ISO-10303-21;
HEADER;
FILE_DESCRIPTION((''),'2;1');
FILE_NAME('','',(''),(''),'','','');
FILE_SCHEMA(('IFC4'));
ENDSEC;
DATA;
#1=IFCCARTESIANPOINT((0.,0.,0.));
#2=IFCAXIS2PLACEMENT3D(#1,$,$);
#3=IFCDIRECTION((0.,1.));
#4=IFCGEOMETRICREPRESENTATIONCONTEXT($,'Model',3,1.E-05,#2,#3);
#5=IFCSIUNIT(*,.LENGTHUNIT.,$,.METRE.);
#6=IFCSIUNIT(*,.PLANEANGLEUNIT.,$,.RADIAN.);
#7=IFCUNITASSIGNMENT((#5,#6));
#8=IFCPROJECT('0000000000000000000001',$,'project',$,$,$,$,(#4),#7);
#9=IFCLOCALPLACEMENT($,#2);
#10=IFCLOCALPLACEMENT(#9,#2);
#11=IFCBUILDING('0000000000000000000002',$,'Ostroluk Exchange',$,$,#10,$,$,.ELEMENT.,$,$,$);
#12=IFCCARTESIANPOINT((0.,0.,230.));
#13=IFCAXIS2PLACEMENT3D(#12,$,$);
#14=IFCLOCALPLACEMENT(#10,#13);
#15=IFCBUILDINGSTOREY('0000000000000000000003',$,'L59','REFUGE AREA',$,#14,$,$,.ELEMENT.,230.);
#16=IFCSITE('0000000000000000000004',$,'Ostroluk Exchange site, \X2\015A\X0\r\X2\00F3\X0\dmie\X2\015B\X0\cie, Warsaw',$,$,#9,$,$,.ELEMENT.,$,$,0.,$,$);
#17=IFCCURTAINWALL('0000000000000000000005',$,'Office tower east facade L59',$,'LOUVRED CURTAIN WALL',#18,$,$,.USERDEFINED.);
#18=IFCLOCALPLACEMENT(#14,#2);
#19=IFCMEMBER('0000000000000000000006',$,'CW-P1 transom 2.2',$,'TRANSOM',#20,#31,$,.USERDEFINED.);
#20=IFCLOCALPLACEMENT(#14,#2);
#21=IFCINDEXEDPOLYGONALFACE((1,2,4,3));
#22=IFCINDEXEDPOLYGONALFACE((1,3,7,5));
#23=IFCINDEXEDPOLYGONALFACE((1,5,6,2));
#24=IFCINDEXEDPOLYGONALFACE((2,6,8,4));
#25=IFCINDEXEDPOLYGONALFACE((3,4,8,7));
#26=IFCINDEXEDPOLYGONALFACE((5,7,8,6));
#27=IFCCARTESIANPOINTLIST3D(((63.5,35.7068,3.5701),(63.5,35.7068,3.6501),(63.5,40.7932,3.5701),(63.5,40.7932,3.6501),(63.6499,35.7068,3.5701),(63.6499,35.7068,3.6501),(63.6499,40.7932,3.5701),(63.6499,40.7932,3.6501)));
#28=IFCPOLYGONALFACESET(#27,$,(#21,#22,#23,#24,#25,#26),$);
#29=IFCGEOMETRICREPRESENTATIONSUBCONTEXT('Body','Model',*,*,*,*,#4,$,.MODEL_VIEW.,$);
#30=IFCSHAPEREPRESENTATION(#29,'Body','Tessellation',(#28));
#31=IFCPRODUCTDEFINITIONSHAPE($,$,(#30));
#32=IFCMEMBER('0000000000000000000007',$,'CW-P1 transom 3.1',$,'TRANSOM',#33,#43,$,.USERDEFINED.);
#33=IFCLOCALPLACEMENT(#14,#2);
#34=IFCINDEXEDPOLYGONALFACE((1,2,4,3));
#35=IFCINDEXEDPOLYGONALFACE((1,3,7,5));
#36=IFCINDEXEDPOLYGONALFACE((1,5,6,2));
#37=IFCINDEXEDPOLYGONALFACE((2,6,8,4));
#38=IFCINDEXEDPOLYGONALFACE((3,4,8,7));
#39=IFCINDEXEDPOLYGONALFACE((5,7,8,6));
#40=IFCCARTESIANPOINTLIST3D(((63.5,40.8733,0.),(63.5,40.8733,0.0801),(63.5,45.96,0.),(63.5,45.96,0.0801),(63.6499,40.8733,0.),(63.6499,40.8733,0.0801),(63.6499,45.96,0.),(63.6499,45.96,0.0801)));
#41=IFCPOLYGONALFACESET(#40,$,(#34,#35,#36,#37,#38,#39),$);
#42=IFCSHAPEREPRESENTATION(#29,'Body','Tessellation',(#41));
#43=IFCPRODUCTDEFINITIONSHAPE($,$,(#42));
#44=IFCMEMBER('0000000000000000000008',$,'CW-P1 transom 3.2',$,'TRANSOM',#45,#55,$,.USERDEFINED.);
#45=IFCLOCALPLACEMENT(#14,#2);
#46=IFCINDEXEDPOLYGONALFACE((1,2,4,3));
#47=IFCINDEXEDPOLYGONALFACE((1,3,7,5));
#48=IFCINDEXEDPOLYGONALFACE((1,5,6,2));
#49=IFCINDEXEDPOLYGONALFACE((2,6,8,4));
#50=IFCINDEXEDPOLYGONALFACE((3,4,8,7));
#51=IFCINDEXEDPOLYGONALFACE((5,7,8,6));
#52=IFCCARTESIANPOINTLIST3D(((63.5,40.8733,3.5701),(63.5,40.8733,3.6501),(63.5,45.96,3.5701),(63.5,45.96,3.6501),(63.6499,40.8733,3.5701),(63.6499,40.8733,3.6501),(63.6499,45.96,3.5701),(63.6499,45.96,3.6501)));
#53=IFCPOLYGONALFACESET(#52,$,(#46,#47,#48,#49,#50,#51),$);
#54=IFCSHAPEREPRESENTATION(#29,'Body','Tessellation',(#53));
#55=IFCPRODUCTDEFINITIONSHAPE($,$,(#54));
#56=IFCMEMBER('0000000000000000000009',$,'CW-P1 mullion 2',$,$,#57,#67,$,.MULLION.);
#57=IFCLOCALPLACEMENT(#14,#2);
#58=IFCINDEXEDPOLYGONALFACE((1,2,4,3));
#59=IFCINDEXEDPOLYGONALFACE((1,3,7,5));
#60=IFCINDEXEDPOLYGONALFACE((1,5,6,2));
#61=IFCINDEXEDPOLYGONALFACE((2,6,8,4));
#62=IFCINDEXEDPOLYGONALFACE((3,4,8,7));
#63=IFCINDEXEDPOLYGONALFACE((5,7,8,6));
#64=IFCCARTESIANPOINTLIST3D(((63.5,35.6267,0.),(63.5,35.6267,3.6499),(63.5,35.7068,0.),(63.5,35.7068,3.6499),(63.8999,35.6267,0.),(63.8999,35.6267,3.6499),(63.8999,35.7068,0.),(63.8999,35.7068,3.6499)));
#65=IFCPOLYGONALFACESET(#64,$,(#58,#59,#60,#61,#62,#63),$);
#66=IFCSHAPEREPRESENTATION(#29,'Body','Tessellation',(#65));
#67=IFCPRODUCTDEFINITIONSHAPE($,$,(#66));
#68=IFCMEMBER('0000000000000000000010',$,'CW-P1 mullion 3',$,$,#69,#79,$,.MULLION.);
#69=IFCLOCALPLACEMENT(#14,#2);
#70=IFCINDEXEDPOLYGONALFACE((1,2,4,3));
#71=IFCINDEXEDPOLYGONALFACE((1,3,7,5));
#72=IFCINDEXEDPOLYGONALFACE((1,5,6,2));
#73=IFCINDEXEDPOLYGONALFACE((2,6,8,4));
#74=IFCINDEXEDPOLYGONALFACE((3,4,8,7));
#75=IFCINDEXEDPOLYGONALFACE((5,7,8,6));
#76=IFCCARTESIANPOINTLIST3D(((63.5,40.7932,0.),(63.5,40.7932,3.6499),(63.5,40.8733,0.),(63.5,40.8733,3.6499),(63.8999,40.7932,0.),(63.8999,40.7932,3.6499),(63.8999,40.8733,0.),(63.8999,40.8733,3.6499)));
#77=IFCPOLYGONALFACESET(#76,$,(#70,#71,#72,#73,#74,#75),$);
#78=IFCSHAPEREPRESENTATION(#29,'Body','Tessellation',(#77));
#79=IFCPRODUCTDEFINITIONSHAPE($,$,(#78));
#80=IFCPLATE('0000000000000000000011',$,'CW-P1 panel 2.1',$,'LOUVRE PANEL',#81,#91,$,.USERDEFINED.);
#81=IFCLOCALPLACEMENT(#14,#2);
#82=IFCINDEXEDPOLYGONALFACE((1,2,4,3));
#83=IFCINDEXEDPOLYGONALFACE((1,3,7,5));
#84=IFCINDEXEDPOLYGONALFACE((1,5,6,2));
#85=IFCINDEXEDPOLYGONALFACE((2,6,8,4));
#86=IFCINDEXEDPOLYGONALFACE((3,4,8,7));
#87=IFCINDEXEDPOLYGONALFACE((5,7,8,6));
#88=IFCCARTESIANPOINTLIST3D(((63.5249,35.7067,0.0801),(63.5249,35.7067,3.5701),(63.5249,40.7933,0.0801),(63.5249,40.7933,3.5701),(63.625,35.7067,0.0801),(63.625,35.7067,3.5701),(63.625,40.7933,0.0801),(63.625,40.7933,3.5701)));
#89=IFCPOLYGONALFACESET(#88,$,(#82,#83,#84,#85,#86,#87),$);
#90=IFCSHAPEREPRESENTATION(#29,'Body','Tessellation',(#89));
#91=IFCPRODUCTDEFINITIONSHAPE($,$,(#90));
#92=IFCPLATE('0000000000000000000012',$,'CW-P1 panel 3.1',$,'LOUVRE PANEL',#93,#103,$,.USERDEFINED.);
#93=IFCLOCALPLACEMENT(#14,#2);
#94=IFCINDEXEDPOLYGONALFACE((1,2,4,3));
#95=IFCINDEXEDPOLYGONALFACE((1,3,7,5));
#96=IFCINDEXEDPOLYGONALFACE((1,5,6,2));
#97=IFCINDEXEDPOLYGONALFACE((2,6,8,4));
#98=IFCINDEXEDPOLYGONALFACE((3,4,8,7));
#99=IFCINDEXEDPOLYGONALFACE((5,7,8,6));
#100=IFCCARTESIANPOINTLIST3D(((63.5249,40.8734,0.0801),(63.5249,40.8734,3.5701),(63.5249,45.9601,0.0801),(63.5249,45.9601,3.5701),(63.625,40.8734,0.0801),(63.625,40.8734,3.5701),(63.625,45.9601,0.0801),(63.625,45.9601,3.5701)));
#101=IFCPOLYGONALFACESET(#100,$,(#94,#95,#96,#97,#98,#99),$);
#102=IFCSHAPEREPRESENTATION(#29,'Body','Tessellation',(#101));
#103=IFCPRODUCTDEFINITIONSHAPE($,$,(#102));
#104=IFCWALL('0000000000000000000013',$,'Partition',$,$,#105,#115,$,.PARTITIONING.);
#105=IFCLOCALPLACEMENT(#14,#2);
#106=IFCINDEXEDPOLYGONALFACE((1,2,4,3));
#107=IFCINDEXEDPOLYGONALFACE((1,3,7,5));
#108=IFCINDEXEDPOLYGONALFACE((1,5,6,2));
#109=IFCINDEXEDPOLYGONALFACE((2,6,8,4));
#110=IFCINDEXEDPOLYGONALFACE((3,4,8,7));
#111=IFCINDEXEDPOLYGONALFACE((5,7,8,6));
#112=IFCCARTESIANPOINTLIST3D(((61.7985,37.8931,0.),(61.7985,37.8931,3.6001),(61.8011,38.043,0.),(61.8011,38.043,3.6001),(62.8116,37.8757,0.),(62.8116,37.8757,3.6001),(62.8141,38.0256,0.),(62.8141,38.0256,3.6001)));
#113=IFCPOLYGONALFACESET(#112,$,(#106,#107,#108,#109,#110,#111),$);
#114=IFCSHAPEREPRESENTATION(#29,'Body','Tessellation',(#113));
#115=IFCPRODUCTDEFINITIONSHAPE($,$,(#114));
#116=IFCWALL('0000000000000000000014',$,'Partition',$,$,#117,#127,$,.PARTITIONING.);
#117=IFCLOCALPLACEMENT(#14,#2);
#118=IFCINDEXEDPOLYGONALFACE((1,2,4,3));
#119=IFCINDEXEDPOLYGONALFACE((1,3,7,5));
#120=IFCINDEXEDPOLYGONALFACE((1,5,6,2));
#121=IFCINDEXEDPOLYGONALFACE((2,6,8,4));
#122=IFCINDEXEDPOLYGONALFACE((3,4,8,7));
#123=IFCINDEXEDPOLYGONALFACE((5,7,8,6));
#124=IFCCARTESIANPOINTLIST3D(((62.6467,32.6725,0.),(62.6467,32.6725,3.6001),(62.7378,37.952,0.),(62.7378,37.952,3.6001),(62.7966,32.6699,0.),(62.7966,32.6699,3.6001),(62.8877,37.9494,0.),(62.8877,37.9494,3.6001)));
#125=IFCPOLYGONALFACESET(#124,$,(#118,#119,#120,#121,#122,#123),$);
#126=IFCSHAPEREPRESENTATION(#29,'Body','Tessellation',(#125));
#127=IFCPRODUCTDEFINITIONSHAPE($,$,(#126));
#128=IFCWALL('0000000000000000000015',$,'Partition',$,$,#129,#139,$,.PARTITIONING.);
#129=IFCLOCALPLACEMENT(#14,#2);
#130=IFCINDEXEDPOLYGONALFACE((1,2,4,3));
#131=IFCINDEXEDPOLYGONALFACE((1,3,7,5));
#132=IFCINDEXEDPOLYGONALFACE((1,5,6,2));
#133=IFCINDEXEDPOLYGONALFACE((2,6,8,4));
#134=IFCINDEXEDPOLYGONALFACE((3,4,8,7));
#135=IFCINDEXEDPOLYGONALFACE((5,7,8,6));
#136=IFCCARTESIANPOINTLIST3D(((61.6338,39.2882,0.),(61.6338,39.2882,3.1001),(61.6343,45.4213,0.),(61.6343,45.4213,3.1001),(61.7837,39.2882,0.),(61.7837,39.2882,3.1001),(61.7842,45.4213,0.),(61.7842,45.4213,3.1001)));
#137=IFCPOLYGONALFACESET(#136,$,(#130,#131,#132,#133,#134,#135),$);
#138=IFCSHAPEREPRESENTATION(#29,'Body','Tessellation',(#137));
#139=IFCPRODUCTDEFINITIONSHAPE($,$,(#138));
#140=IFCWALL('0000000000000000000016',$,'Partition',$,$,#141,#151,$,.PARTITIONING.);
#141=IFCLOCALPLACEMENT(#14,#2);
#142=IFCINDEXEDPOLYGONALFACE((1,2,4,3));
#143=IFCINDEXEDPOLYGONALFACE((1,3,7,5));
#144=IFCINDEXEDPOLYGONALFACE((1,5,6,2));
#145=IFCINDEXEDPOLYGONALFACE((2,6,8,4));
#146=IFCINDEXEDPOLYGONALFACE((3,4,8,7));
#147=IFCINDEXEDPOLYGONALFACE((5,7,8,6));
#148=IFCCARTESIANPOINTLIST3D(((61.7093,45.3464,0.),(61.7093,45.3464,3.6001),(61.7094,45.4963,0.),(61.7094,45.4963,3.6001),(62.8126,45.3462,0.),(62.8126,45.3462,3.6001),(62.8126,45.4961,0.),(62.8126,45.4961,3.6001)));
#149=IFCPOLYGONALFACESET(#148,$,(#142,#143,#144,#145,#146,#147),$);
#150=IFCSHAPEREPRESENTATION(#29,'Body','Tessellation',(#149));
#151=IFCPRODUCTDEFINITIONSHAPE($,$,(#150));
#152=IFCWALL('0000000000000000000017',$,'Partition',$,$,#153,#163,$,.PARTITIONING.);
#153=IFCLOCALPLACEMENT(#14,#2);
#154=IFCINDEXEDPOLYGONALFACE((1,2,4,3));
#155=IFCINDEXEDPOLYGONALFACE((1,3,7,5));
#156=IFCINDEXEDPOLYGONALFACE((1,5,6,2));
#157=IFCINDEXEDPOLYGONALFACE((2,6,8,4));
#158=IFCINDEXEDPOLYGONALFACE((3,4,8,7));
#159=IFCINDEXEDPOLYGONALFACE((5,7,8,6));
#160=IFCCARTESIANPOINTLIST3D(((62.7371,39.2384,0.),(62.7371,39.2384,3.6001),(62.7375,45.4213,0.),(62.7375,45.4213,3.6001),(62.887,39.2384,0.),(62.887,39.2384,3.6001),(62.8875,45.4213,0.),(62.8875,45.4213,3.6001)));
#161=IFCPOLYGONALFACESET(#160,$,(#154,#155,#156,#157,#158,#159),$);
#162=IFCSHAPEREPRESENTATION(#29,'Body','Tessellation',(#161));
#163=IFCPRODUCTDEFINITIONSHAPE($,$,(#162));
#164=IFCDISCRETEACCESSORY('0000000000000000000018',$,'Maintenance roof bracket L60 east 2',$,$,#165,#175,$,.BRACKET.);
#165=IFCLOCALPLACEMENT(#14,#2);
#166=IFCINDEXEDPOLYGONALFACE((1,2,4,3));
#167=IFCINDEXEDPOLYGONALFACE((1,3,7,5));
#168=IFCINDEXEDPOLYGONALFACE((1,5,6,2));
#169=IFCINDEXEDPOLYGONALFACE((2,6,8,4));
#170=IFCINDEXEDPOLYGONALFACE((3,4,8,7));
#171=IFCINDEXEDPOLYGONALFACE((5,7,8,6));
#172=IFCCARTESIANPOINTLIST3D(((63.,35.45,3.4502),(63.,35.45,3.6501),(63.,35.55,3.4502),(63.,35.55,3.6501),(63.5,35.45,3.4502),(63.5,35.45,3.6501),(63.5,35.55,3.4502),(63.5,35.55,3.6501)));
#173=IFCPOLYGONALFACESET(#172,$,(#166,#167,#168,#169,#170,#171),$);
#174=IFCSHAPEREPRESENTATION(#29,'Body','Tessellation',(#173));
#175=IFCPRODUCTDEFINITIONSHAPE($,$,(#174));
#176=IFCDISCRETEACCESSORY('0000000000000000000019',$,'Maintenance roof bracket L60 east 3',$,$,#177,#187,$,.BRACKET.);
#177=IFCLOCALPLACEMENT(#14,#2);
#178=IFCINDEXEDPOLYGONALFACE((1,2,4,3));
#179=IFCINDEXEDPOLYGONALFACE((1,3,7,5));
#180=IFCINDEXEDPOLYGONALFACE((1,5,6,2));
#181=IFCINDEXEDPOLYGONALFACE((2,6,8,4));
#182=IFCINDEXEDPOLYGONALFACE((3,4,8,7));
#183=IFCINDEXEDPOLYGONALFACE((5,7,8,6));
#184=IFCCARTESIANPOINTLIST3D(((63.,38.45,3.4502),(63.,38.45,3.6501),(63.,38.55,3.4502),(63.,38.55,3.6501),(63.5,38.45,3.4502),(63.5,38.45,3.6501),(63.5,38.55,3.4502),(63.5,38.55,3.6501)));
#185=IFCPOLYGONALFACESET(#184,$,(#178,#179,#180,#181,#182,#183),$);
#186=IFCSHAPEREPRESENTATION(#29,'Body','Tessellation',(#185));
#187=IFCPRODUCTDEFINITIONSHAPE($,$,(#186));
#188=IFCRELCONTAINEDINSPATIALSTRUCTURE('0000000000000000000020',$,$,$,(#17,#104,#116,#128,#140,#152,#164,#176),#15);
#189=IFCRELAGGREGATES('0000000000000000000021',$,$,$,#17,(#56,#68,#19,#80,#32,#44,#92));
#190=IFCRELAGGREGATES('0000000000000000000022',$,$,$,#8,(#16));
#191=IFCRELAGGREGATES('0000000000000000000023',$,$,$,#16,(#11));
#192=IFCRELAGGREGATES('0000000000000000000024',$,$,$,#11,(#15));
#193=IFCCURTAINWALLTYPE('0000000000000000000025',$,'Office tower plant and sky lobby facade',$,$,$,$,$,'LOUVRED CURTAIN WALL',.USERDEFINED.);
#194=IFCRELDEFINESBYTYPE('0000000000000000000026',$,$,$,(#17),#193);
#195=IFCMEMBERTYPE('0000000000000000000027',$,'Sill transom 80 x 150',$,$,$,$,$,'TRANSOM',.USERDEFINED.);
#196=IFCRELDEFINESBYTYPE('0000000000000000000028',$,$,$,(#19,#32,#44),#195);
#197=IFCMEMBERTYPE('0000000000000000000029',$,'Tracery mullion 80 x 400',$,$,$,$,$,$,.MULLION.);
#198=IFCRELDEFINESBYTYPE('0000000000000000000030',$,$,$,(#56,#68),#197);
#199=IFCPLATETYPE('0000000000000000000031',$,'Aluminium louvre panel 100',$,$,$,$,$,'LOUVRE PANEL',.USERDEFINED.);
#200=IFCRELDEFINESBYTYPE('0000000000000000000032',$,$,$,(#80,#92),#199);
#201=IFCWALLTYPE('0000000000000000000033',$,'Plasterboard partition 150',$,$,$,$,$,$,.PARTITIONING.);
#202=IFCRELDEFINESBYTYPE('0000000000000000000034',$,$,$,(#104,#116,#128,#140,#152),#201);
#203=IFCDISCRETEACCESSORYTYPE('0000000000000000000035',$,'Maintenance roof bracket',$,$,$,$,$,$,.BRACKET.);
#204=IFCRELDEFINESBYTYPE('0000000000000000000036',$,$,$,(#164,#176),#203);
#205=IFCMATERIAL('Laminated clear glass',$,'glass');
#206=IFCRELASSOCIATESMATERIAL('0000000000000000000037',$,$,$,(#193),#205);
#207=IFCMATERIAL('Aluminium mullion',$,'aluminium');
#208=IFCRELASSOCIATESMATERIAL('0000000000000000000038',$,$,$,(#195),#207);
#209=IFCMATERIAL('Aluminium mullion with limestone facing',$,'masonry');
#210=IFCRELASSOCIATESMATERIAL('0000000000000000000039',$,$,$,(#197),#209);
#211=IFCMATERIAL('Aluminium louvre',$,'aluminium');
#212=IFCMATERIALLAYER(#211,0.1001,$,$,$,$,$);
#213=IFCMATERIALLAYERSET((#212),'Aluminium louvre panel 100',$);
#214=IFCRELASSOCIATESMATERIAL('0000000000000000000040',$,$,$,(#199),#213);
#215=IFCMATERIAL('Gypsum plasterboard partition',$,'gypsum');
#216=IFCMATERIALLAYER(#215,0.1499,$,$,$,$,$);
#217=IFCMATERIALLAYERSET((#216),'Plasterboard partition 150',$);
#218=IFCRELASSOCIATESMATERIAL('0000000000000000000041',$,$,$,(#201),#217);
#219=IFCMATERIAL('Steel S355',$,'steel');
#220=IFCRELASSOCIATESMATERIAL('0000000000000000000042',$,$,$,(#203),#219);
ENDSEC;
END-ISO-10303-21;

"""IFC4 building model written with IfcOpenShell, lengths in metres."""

from ifc_helpers import new_model, si_unit, direction, frame, frame_2d, origin, origin_2d, place, context, subcontext, project, spatial, rectangle, extrude, material, layer, layer_set, material_profile, profile_set, type_object, element, aggregate, save


model = new_model("IFC4")

# Units and contexts
model_context = context("Model", 3, precision=1e-05, world=origin(), true_north=direction((0.0, 1.0)))
body_context = subcontext(model_context, "Body", "Model", "MODEL_VIEW")
ifc_project = project(units=[si_unit("LENGTHUNIT", "METRE"), si_unit("PLANEANGLEUNIT", "RADIAN")], contexts=[model_context])

# Site, building, storey
site_placement = place(None, origin())
site = spatial("IfcSite", under=ifc_project, at=site_placement, Name="Ostroluk Exchange site, Śródmieście, Warsaw", CompositionType="ELEMENT", RefElevation=0.0)
building_placement = place(site_placement, origin())
building = spatial("IfcBuilding", under=site, at=building_placement, Name="Ostroluk Exchange", CompositionType="ELEMENT")
storey_placement = place(building_placement, frame((0.0, 0.0, 230.0)))
storey = spatial("IfcBuildingStorey", under=building, at=storey_placement, Name="L59", Description="REFUGE AREA", CompositionType="ELEMENT", Elevation=230.0)

# Curtain wall, members, plates
ifc_material_1 = material(Name="Laminated clear glass", Category="glass")
curtain_wall_type = type_object("IfcCurtainWallType", Name="Office tower plant and sky lobby facade", ElementType="LOUVRED CURTAIN WALL", PredefinedType="USERDEFINED", material=ifc_material_1)
curtain_wall_placement = place(storey_placement, origin())
curtain_wall = element("IfcCurtainWall", 1, at=curtain_wall_placement, inside=storey, type_object=curtain_wall_type, Name="Office tower east facade L59", ObjectType="LOUVRED CURTAIN WALL", PredefinedType="USERDEFINED")
ifc_material_2 = material(Name="Aluminium mullion", Category="aluminium")
ifc_material_profile_1 = material_profile(ifc_material_2, rectangle(XDim=0.1499, YDim=0.0801, at=origin_2d()), Name="Sill transom 80 x 150")
ifc_profile_set_1 = profile_set([ifc_material_profile_1], Name="Aluminium mullion")
member_type_1 = type_object("IfcMemberType", Name="Sill transom 80 x 150", ElementType="TRANSOM", PredefinedType="USERDEFINED", material=ifc_profile_set_1)
member_1_placement = place(storey_placement, frame((63.575, 35.7068, 3.6101), z_axis=(0.0, 1.0, 0.0), x_axis=(-1.0, 0.0, 0.0)))
member_1 = element("IfcMember", 2, at=member_1_placement, type_object=member_type_1, Name="CW-P1 transom 2.2", ObjectType="TRANSOM", PredefinedType="USERDEFINED", context=body_context, shape_type="SweptSolid", body=[
    extrude(rectangle(XDim=0.1499, YDim=0.0801, at=origin_2d()), origin(), (0.0, 0.0, 1.0), 5.0864),
])
member_2_placement = place(storey_placement, frame((63.575, 40.8733, 0.04), z_axis=(0.0, 1.0, 0.0), x_axis=(-1.0, 0.0, 0.0)))
member_2 = element("IfcMember", 3, at=member_2_placement, type_object=member_type_1, Name="CW-P1 transom 3.1", ObjectType="TRANSOM", PredefinedType="USERDEFINED", context=body_context, shape_type="SweptSolid", body=[
    extrude(rectangle(XDim=0.1499, YDim=0.0801, at=origin_2d()), origin(), (0.0, 0.0, 1.0), 5.0867),
])
member_3_placement = place(storey_placement, frame((63.575, 40.8733, 3.6101), z_axis=(0.0, 1.0, 0.0), x_axis=(-1.0, 0.0, 0.0)))
member_3 = element("IfcMember", 4, at=member_3_placement, type_object=member_type_1, Name="CW-P1 transom 3.2", ObjectType="TRANSOM", PredefinedType="USERDEFINED", context=body_context, shape_type="SweptSolid", body=[
    extrude(rectangle(XDim=0.1499, YDim=0.0801, at=origin_2d()), origin(), (0.0, 0.0, 1.0), 5.0867),
])
ifc_material_3 = material(Name="Aluminium mullion with limestone facing", Category="masonry")
ifc_material_profile_2 = material_profile(ifc_material_3, rectangle(XDim=0.3999, YDim=0.0801, at=origin_2d()), Name="Tracery mullion 80 x 400")
ifc_profile_set_2 = profile_set([ifc_material_profile_2], Name="Aluminium mullion with limestone facing")
member_type_2 = type_object("IfcMemberType", Name="Tracery mullion 80 x 400", PredefinedType="MULLION", material=ifc_profile_set_2)
member_4_placement = place(storey_placement, frame((63.7, 35.6667, 0.0), z_axis=(0.0, 0.0, 1.0), x_axis=(-1.0, 0.0, 0.0)))
member_4 = element("IfcMember", 5, at=member_4_placement, type_object=member_type_2, Name="CW-P1 mullion 2", PredefinedType="MULLION", context=body_context, shape_type="SweptSolid", body=[
    extrude(rectangle(XDim=0.3999, YDim=0.0801, at=origin_2d()), origin(), (0.0, 0.0, 1.0), 3.6499),
])
member_5_placement = place(storey_placement, frame((63.7, 40.8333, 0.0), z_axis=(0.0, 0.0, 1.0), x_axis=(-1.0, 0.0, 0.0)))
member_5 = element("IfcMember", 6, at=member_5_placement, type_object=member_type_2, Name="CW-P1 mullion 3", PredefinedType="MULLION", context=body_context, shape_type="SweptSolid", body=[
    extrude(rectangle(XDim=0.3999, YDim=0.0801, at=origin_2d()), origin(), (0.0, 0.0, 1.0), 3.6499),
])
ifc_material_4 = material(Name="Aluminium louvre", Category="aluminium")
ifc_layer_1 = layer(ifc_material_4, 0.1001)
ifc_layer_set_1 = layer_set([ifc_layer_1], Name="Aluminium louvre panel 100")
plate_type = type_object("IfcPlateType", Name="Aluminium louvre panel 100", ElementType="LOUVRE PANEL", PredefinedType="USERDEFINED", material=ifc_layer_set_1)
plate_1_placement = place(storey_placement, frame((63.575, 38.25, 0.0801), z_axis=(0.0, 0.0, 1.0), x_axis=(0.0, 1.0, 0.0)))
plate_1 = element("IfcPlate", 7, at=plate_1_placement, type_object=plate_type, Name="CW-P1 panel 2.1", ObjectType="LOUVRE PANEL", PredefinedType="USERDEFINED", context=body_context, shape_type="SweptSolid", body=[
    extrude(rectangle(XDim=5.0867, YDim=0.1001, at=origin_2d()), origin(), (0.0, 0.0, 1.0), 3.49),
])
plate_2_placement = place(storey_placement, frame((63.575, 43.4167, 0.0801), z_axis=(0.0, 0.0, 1.0), x_axis=(0.0, 1.0, 0.0)))
plate_2 = element("IfcPlate", 8, at=plate_2_placement, type_object=plate_type, Name="CW-P1 panel 3.1", ObjectType="LOUVRE PANEL", PredefinedType="USERDEFINED", context=body_context, shape_type="SweptSolid", body=[
    extrude(rectangle(XDim=5.0867, YDim=0.1001, at=origin_2d()), origin(), (0.0, 0.0, 1.0), 3.49),
])
aggregate(curtain_wall, [member_4, member_5, member_1, plate_1, member_2, member_3, plate_2])

# Walls
ifc_material_5 = material(Name="Gypsum plasterboard partition", Category="gypsum")
ifc_layer_2 = layer(ifc_material_5, 0.1499)
ifc_layer_set_2 = layer_set([ifc_layer_2], Name="Plasterboard partition 150")
wall_type = type_object("IfcWallType", Name="Plasterboard partition 150", PredefinedType="PARTITIONING", material=ifc_layer_set_2)
wall_1_placement = place(storey_placement, frame((61.7998, 37.968, 0.0), z_axis=(0.0, 0.0, 1.0), x_axis=(0.999854, -0.01711, 0.0)))
element("IfcWall", 9, at=wall_1_placement, inside=storey, type_object=wall_type, Name="Partition", PredefinedType="PARTITIONING", context=body_context, shape_type="SweptSolid", body=[
    extrude(rectangle(XDim=1.0132, YDim=0.1499, at=frame_2d((0.5066, 0.0))), origin(), (0.0, 0.0, 1.0), 3.6001),
])
wall_2_placement = place(storey_placement, frame((62.8127, 37.9507, 0.0), z_axis=(0.0, 0.0, 1.0), x_axis=(-0.017246, -0.999851, 0.0)))
element("IfcWall", 10, at=wall_2_placement, inside=storey, type_object=wall_type, Name="Partition", PredefinedType="PARTITIONING", context=body_context, shape_type="SweptSolid", body=[
    extrude(rectangle(XDim=5.2803, YDim=0.1499, at=frame_2d((2.6401, 0.0))), origin(), (0.0, 0.0, 1.0), 3.6001),
])
wall_3_placement = place(storey_placement, frame((61.7087, 39.2883, 0.0), z_axis=(0.0, 0.0, 1.0), x_axis=(0.00008, 1.0, 0.0)))
element("IfcWall", 11, at=wall_3_placement, inside=storey, type_object=wall_type, Name="Partition", PredefinedType="PARTITIONING", context=body_context, shape_type="SweptSolid", body=[
    extrude(rectangle(XDim=6.1331, YDim=0.1499, at=frame_2d((3.0664, 0.0))), origin(), (0.0, 0.0, 1.0), 3.1001),
])
wall_4_placement = place(storey_placement, frame((61.7092, 45.4214, 0.0), z_axis=(0.0, 0.0, 1.0), x_axis=(1.0, -0.000221, 0.0)))
element("IfcWall", 12, at=wall_4_placement, inside=storey, type_object=wall_type, Name="Partition", PredefinedType="PARTITIONING", context=body_context, shape_type="SweptSolid", body=[
    extrude(rectangle(XDim=1.1033, YDim=0.1499, at=frame_2d((0.5518, 0.0))), origin(), (0.0, 0.0, 1.0), 3.6001),
])
wall_5_placement = place(storey_placement, frame((62.8125, 45.4211, 0.0), z_axis=(0.0, 0.0, 1.0), x_axis=(-0.000079, -1.0, 0.0)))
element("IfcWall", 13, at=wall_5_placement, inside=storey, type_object=wall_type, Name="Partition", PredefinedType="PARTITIONING", context=body_context, shape_type="SweptSolid", body=[
    extrude(rectangle(XDim=6.1829, YDim=0.1499, at=frame_2d((3.0913, 0.0))), origin(), (0.0, 0.0, 1.0), 3.6001),
])

# Discrete accessories
ifc_material_6 = material(Name="Steel S355", Category="steel")
discrete_accessory_type = type_object("IfcDiscreteAccessoryType", Name="Maintenance roof bracket", PredefinedType="BRACKET", material=ifc_material_6)
for number, where, z_axis, x_axis, name in (
    (14, (63.25, 35.5, 3.4502), (0.0, 0.0, 1.0), (1.0, 0.0, 0.0), "Maintenance roof bracket L60 east 2"),
    (15, (63.25, 38.5, 3.4502), (0.0, 0.0, 1.0), (1.0, 0.0, 0.0), "Maintenance roof bracket L60 east 3"),
):
    element("IfcDiscreteAccessory", number, at=place(storey_placement, frame(where, z_axis=z_axis, x_axis=x_axis)), inside=storey, type_object=discrete_accessory_type, Name=name, PredefinedType="BRACKET", context=body_context, shape_type="SweptSolid", body=[
        extrude(rectangle(XDim=0.5, YDim=0.1001, at=origin_2d()), origin(), (0.0, 0.0, 1.0), 0.2),
    ])

save(model, "model.ifc")
